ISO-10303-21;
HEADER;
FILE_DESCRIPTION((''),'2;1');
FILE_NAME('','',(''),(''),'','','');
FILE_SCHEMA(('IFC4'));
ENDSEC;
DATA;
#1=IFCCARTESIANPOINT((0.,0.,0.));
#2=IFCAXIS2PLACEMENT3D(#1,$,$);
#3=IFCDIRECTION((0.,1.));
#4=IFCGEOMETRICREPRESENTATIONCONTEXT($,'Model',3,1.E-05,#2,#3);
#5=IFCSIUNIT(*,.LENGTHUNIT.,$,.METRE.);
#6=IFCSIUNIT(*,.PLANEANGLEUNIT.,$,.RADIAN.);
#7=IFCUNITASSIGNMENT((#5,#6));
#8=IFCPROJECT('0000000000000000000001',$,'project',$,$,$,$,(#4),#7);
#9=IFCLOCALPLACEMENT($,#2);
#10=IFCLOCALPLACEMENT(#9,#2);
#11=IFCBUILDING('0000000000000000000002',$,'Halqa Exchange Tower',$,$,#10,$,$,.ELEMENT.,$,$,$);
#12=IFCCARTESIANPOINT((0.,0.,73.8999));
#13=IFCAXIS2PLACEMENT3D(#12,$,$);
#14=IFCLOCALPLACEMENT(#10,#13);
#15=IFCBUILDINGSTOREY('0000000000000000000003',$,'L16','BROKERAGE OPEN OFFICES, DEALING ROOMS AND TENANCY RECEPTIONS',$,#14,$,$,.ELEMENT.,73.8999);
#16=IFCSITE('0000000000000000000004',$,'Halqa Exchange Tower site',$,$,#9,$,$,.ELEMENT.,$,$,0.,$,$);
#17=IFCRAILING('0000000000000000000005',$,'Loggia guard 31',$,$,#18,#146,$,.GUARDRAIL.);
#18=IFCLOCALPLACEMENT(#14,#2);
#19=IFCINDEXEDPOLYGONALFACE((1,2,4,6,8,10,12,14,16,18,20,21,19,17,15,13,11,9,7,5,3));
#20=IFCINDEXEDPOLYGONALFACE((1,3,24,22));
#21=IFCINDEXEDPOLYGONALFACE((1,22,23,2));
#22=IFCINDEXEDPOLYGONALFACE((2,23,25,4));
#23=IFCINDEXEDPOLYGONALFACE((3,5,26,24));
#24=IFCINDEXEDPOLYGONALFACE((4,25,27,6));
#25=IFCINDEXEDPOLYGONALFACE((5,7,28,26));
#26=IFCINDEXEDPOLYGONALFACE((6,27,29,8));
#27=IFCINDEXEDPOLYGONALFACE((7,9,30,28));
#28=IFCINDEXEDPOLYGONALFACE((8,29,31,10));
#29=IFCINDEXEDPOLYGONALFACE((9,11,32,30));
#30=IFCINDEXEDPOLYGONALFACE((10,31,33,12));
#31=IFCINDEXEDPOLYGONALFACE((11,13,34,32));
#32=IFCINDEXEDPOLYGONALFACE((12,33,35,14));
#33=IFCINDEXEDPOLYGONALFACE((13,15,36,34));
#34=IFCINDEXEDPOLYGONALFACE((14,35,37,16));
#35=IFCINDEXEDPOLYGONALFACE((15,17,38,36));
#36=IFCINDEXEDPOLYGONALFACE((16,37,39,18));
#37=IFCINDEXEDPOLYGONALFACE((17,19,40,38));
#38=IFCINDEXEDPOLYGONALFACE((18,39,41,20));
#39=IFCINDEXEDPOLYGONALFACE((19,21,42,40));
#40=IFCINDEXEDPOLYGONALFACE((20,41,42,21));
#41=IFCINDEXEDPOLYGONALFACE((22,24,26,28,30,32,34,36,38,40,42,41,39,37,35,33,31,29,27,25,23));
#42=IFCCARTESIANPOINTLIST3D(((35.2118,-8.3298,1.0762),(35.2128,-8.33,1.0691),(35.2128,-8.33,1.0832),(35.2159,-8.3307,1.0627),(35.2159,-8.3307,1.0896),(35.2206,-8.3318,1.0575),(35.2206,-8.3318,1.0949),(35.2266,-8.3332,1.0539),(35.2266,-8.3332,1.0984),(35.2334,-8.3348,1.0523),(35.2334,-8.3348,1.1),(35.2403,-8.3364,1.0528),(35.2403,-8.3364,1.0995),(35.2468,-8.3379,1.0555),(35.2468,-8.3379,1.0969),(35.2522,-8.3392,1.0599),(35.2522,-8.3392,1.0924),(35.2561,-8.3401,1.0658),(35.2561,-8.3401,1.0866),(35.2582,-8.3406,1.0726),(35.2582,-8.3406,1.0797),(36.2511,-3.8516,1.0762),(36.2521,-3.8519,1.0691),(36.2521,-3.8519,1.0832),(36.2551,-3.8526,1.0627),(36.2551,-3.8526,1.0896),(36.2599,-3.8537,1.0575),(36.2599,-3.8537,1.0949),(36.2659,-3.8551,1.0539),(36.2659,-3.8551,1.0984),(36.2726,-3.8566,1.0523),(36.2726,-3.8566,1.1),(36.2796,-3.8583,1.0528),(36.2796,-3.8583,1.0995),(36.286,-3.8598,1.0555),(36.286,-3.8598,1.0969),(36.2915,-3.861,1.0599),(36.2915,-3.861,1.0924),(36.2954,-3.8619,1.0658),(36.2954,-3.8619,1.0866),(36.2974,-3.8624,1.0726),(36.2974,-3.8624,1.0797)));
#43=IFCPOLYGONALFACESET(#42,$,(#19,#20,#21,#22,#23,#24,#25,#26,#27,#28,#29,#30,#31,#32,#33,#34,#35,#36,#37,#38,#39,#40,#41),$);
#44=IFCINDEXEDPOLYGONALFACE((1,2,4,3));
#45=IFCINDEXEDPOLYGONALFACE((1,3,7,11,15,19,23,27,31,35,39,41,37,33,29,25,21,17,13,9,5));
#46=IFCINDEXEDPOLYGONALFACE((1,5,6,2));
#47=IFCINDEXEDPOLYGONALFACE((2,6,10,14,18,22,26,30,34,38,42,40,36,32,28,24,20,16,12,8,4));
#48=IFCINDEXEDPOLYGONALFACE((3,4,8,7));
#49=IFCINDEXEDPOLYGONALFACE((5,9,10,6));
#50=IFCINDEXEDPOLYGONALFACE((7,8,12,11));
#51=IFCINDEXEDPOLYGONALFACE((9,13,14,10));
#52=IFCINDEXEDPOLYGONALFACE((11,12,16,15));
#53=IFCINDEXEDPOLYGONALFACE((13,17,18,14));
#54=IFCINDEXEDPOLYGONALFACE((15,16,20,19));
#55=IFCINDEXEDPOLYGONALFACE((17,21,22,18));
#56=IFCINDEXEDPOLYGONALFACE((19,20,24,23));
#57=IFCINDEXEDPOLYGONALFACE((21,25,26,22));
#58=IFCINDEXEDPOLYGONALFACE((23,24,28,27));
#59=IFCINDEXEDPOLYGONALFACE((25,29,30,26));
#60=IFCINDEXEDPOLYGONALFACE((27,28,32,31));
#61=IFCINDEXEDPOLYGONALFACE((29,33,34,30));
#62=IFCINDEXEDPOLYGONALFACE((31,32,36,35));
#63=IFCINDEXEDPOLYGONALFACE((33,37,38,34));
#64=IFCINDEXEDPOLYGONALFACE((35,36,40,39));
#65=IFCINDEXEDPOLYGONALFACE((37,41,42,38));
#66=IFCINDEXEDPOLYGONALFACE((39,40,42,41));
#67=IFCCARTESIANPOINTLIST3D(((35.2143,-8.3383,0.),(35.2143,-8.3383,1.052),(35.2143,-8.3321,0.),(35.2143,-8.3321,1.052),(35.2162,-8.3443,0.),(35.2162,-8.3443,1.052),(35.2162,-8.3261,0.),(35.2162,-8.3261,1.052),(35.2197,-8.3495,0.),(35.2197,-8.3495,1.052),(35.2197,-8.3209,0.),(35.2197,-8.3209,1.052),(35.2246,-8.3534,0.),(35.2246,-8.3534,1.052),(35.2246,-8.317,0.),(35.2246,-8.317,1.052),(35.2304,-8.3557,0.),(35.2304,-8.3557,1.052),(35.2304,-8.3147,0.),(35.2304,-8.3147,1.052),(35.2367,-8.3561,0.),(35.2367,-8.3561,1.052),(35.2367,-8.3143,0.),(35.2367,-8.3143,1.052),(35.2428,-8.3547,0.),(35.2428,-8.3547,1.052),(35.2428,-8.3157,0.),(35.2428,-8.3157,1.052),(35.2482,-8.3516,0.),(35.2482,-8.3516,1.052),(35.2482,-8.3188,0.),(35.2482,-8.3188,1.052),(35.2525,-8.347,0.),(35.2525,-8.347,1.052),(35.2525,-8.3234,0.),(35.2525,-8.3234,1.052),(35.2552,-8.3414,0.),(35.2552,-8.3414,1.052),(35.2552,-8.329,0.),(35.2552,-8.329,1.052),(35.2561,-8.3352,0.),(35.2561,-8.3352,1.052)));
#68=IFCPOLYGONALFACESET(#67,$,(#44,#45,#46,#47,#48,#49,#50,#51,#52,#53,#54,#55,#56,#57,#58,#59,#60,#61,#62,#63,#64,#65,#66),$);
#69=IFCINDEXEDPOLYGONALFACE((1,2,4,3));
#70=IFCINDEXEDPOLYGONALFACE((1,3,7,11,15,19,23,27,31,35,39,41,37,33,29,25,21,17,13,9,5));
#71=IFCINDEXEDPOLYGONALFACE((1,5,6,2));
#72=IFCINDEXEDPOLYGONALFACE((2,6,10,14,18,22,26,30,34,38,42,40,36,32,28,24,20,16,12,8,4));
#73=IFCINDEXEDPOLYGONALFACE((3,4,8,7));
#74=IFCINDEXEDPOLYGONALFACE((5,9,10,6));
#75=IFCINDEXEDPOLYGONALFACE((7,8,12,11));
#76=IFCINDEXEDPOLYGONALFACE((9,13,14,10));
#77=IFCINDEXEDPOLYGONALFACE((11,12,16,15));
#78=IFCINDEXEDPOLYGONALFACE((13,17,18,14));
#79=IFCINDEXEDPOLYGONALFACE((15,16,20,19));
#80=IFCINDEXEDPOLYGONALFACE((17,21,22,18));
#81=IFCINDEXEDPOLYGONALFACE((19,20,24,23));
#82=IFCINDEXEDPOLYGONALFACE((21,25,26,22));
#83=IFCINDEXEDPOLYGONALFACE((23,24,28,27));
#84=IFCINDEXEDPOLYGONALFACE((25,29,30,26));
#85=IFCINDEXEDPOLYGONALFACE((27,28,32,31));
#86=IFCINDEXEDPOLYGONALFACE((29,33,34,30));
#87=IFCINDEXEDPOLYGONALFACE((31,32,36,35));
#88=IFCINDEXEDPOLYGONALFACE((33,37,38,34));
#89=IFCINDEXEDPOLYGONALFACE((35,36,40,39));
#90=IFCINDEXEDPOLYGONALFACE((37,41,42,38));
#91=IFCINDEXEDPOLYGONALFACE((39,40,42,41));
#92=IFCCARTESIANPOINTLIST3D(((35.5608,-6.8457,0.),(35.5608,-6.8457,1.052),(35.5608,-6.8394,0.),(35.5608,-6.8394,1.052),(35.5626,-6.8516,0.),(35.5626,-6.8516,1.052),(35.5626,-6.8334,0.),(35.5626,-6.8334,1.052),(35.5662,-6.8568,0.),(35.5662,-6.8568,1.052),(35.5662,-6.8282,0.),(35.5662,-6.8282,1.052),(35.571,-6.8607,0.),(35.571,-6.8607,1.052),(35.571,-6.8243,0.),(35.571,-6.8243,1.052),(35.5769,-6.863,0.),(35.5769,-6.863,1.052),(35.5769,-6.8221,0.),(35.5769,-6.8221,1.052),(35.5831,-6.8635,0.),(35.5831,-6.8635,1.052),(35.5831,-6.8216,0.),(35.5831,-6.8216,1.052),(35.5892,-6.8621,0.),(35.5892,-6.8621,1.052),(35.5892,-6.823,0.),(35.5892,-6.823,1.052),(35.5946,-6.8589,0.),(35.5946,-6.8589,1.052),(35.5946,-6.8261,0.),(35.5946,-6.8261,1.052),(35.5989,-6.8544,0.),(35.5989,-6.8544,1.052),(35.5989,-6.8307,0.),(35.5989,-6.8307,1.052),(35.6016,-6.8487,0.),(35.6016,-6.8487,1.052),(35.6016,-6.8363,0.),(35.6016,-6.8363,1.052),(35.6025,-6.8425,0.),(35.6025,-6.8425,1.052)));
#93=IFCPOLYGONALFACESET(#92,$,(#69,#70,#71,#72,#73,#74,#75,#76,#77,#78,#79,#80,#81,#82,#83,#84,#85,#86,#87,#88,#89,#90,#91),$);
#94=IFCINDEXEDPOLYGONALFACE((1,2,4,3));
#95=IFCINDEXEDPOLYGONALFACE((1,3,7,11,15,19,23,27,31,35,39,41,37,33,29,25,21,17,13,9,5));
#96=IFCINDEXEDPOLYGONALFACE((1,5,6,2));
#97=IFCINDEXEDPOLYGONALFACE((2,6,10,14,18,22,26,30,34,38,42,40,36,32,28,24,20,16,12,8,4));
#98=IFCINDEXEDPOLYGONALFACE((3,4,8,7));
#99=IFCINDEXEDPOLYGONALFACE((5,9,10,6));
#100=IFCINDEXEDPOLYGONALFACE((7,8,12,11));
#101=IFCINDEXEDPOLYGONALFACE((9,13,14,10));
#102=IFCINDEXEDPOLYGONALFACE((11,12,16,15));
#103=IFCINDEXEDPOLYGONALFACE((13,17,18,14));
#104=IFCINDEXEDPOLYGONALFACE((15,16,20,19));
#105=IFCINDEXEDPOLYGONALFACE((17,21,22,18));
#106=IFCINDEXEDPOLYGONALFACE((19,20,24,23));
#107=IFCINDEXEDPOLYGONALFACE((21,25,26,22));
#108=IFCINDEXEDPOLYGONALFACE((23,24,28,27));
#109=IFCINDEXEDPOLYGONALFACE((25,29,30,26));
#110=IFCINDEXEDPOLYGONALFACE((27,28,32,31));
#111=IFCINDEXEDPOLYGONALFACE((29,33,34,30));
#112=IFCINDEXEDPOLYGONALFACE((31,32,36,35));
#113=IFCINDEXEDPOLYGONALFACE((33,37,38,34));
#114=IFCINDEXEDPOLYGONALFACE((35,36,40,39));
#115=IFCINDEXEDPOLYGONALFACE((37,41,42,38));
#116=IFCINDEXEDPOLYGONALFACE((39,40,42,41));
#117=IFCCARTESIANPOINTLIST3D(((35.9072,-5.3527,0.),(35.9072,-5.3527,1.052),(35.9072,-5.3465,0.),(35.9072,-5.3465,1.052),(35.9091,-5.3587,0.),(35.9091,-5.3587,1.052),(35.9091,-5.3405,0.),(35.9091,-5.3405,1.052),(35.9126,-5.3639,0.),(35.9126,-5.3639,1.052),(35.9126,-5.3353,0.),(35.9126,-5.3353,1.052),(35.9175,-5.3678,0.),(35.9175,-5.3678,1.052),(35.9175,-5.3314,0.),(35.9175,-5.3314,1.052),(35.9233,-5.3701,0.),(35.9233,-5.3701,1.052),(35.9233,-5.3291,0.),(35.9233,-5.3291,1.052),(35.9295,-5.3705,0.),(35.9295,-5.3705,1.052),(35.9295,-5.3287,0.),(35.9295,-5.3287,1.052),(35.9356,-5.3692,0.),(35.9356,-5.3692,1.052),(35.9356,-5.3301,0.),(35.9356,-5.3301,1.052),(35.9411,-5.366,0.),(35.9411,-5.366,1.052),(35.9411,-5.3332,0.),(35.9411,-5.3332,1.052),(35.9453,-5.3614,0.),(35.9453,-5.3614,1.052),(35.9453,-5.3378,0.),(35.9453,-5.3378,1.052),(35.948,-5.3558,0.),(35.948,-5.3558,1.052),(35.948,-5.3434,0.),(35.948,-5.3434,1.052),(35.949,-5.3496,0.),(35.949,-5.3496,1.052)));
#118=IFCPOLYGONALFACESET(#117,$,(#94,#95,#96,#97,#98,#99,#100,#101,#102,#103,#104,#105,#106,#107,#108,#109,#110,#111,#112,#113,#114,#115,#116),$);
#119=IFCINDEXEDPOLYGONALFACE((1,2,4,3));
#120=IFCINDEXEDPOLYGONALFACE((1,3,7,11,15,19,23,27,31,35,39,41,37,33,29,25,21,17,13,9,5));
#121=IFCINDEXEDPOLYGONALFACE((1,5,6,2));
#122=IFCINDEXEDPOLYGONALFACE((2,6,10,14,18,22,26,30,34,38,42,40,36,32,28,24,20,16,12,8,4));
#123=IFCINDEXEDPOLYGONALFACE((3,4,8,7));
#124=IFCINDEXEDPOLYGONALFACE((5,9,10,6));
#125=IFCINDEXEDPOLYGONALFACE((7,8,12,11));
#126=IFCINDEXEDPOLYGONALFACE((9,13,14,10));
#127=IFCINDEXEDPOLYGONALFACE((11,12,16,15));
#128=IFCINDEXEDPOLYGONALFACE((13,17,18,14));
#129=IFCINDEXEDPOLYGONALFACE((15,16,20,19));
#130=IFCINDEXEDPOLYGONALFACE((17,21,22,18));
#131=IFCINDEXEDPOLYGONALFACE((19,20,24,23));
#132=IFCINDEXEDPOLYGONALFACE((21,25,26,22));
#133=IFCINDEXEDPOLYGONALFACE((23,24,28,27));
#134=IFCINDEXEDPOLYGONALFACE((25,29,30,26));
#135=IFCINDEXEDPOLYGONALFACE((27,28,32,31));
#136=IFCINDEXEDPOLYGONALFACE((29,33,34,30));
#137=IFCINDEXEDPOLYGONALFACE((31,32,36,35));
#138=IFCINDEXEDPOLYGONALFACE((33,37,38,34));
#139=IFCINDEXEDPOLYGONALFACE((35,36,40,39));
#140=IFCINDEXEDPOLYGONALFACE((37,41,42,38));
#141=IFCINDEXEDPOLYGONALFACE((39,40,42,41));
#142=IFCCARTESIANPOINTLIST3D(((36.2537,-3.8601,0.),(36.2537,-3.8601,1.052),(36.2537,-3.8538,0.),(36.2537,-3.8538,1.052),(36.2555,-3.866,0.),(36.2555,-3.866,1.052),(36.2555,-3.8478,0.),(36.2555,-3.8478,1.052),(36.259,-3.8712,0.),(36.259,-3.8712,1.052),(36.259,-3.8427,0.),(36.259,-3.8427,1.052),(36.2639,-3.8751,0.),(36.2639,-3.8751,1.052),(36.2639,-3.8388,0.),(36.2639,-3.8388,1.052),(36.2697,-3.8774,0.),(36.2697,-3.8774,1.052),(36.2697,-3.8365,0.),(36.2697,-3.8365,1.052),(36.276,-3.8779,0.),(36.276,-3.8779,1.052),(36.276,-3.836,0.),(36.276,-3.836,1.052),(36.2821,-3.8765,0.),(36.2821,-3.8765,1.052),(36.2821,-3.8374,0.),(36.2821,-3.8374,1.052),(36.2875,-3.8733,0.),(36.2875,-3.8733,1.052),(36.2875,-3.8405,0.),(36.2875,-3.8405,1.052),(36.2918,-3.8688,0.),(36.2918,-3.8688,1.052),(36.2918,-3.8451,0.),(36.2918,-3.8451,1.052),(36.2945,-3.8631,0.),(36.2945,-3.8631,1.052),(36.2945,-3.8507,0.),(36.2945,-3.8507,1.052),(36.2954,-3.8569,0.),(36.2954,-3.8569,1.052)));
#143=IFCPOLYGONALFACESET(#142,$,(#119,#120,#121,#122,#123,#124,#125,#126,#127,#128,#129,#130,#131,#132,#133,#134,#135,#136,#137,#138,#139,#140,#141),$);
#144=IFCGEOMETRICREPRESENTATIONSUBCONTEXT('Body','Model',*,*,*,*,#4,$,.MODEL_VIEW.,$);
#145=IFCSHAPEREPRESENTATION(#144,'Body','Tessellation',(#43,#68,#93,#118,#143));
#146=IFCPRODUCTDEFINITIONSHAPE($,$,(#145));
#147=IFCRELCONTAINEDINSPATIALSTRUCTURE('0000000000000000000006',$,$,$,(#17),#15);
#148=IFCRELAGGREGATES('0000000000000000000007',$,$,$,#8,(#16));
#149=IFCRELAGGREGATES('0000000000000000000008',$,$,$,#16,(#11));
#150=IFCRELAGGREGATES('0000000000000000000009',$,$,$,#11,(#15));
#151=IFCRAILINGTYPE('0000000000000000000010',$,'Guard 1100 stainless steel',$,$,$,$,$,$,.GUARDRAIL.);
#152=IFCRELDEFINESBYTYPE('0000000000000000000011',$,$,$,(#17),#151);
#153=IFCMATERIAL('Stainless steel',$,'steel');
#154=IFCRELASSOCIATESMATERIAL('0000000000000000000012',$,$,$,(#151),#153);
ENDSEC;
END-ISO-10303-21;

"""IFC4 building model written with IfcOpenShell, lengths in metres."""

from ifc_helpers import new_model, si_unit, direction, frame, origin, origin_2d, place, context, subcontext, project, spatial, circle, extrude, material, type_object, element, save


model = new_model("IFC4")

# Units and contexts
model_context = context("Model", 3, precision=1e-05, world=origin(), true_north=direction((0.0, 1.0)))
body_context = subcontext(model_context, "Body", "Model", "MODEL_VIEW")
ifc_project = project(units=[si_unit("LENGTHUNIT", "METRE"), si_unit("PLANEANGLEUNIT", "RADIAN")], contexts=[model_context])

# Site, building, storey
site_placement = place(None, origin())
site = spatial("IfcSite", under=ifc_project, at=site_placement, Name="Halqa Exchange Tower site", CompositionType="ELEMENT", RefElevation=0.0)
building_placement = place(site_placement, origin())
building = spatial("IfcBuilding", under=site, at=building_placement, Name="Halqa Exchange Tower", CompositionType="ELEMENT")
storey_placement = place(building_placement, frame((0.0, 0.0, 73.8999)))
storey = spatial("IfcBuildingStorey", under=building, at=storey_placement, Name="L16", Description="BROKERAGE OPEN OFFICES, DEALING ROOMS AND TENANCY RECEPTIONS", CompositionType="ELEMENT", Elevation=73.8999)

# Railing
ifc_material_1 = material(Name="Stainless steel", Category="steel")
railing_type = type_object("IfcRailingType", Name="Guard 1100 stainless steel", PredefinedType="GUARDRAIL", material=ifc_material_1)
railing_1_placement = place(storey_placement, frame((35.2351, -8.3352, 0.0)))
element("IfcRailing", 1, at=railing_1_placement, inside=storey, type_object=railing_type, Name="Loggia guard 31", PredefinedType="GUARDRAIL", context=body_context, shape_type="SweptSolid", body=[
    extrude(circle(Radius=0.0239, at=origin_2d()), frame((0.0, 0.0, 1.0762), z_axis=(0.226069, 0.974111, 0.0), x_axis=(-0.974111, 0.226069, 0.0)), (0.0, 0.0, 1.0), 4.5972),
    extrude(circle(Radius=0.021, at=origin_2d()), origin(), (0.0, 0.0, 1.0), 1.052),
    extrude(circle(Radius=0.021, at=origin_2d()), frame((0.3464, 1.4927, 0.0)), (0.0, 0.0, 1.0), 1.052),
    extrude(circle(Radius=0.021, at=origin_2d()), frame((0.6929, 2.9856, 0.0)), (0.0, 0.0, 1.0), 1.052),
    extrude(circle(Radius=0.021, at=origin_2d()), frame((1.0393, 4.4783, 0.0)), (0.0, 0.0, 1.0), 1.052),
])

save(model, "model.ifc")
